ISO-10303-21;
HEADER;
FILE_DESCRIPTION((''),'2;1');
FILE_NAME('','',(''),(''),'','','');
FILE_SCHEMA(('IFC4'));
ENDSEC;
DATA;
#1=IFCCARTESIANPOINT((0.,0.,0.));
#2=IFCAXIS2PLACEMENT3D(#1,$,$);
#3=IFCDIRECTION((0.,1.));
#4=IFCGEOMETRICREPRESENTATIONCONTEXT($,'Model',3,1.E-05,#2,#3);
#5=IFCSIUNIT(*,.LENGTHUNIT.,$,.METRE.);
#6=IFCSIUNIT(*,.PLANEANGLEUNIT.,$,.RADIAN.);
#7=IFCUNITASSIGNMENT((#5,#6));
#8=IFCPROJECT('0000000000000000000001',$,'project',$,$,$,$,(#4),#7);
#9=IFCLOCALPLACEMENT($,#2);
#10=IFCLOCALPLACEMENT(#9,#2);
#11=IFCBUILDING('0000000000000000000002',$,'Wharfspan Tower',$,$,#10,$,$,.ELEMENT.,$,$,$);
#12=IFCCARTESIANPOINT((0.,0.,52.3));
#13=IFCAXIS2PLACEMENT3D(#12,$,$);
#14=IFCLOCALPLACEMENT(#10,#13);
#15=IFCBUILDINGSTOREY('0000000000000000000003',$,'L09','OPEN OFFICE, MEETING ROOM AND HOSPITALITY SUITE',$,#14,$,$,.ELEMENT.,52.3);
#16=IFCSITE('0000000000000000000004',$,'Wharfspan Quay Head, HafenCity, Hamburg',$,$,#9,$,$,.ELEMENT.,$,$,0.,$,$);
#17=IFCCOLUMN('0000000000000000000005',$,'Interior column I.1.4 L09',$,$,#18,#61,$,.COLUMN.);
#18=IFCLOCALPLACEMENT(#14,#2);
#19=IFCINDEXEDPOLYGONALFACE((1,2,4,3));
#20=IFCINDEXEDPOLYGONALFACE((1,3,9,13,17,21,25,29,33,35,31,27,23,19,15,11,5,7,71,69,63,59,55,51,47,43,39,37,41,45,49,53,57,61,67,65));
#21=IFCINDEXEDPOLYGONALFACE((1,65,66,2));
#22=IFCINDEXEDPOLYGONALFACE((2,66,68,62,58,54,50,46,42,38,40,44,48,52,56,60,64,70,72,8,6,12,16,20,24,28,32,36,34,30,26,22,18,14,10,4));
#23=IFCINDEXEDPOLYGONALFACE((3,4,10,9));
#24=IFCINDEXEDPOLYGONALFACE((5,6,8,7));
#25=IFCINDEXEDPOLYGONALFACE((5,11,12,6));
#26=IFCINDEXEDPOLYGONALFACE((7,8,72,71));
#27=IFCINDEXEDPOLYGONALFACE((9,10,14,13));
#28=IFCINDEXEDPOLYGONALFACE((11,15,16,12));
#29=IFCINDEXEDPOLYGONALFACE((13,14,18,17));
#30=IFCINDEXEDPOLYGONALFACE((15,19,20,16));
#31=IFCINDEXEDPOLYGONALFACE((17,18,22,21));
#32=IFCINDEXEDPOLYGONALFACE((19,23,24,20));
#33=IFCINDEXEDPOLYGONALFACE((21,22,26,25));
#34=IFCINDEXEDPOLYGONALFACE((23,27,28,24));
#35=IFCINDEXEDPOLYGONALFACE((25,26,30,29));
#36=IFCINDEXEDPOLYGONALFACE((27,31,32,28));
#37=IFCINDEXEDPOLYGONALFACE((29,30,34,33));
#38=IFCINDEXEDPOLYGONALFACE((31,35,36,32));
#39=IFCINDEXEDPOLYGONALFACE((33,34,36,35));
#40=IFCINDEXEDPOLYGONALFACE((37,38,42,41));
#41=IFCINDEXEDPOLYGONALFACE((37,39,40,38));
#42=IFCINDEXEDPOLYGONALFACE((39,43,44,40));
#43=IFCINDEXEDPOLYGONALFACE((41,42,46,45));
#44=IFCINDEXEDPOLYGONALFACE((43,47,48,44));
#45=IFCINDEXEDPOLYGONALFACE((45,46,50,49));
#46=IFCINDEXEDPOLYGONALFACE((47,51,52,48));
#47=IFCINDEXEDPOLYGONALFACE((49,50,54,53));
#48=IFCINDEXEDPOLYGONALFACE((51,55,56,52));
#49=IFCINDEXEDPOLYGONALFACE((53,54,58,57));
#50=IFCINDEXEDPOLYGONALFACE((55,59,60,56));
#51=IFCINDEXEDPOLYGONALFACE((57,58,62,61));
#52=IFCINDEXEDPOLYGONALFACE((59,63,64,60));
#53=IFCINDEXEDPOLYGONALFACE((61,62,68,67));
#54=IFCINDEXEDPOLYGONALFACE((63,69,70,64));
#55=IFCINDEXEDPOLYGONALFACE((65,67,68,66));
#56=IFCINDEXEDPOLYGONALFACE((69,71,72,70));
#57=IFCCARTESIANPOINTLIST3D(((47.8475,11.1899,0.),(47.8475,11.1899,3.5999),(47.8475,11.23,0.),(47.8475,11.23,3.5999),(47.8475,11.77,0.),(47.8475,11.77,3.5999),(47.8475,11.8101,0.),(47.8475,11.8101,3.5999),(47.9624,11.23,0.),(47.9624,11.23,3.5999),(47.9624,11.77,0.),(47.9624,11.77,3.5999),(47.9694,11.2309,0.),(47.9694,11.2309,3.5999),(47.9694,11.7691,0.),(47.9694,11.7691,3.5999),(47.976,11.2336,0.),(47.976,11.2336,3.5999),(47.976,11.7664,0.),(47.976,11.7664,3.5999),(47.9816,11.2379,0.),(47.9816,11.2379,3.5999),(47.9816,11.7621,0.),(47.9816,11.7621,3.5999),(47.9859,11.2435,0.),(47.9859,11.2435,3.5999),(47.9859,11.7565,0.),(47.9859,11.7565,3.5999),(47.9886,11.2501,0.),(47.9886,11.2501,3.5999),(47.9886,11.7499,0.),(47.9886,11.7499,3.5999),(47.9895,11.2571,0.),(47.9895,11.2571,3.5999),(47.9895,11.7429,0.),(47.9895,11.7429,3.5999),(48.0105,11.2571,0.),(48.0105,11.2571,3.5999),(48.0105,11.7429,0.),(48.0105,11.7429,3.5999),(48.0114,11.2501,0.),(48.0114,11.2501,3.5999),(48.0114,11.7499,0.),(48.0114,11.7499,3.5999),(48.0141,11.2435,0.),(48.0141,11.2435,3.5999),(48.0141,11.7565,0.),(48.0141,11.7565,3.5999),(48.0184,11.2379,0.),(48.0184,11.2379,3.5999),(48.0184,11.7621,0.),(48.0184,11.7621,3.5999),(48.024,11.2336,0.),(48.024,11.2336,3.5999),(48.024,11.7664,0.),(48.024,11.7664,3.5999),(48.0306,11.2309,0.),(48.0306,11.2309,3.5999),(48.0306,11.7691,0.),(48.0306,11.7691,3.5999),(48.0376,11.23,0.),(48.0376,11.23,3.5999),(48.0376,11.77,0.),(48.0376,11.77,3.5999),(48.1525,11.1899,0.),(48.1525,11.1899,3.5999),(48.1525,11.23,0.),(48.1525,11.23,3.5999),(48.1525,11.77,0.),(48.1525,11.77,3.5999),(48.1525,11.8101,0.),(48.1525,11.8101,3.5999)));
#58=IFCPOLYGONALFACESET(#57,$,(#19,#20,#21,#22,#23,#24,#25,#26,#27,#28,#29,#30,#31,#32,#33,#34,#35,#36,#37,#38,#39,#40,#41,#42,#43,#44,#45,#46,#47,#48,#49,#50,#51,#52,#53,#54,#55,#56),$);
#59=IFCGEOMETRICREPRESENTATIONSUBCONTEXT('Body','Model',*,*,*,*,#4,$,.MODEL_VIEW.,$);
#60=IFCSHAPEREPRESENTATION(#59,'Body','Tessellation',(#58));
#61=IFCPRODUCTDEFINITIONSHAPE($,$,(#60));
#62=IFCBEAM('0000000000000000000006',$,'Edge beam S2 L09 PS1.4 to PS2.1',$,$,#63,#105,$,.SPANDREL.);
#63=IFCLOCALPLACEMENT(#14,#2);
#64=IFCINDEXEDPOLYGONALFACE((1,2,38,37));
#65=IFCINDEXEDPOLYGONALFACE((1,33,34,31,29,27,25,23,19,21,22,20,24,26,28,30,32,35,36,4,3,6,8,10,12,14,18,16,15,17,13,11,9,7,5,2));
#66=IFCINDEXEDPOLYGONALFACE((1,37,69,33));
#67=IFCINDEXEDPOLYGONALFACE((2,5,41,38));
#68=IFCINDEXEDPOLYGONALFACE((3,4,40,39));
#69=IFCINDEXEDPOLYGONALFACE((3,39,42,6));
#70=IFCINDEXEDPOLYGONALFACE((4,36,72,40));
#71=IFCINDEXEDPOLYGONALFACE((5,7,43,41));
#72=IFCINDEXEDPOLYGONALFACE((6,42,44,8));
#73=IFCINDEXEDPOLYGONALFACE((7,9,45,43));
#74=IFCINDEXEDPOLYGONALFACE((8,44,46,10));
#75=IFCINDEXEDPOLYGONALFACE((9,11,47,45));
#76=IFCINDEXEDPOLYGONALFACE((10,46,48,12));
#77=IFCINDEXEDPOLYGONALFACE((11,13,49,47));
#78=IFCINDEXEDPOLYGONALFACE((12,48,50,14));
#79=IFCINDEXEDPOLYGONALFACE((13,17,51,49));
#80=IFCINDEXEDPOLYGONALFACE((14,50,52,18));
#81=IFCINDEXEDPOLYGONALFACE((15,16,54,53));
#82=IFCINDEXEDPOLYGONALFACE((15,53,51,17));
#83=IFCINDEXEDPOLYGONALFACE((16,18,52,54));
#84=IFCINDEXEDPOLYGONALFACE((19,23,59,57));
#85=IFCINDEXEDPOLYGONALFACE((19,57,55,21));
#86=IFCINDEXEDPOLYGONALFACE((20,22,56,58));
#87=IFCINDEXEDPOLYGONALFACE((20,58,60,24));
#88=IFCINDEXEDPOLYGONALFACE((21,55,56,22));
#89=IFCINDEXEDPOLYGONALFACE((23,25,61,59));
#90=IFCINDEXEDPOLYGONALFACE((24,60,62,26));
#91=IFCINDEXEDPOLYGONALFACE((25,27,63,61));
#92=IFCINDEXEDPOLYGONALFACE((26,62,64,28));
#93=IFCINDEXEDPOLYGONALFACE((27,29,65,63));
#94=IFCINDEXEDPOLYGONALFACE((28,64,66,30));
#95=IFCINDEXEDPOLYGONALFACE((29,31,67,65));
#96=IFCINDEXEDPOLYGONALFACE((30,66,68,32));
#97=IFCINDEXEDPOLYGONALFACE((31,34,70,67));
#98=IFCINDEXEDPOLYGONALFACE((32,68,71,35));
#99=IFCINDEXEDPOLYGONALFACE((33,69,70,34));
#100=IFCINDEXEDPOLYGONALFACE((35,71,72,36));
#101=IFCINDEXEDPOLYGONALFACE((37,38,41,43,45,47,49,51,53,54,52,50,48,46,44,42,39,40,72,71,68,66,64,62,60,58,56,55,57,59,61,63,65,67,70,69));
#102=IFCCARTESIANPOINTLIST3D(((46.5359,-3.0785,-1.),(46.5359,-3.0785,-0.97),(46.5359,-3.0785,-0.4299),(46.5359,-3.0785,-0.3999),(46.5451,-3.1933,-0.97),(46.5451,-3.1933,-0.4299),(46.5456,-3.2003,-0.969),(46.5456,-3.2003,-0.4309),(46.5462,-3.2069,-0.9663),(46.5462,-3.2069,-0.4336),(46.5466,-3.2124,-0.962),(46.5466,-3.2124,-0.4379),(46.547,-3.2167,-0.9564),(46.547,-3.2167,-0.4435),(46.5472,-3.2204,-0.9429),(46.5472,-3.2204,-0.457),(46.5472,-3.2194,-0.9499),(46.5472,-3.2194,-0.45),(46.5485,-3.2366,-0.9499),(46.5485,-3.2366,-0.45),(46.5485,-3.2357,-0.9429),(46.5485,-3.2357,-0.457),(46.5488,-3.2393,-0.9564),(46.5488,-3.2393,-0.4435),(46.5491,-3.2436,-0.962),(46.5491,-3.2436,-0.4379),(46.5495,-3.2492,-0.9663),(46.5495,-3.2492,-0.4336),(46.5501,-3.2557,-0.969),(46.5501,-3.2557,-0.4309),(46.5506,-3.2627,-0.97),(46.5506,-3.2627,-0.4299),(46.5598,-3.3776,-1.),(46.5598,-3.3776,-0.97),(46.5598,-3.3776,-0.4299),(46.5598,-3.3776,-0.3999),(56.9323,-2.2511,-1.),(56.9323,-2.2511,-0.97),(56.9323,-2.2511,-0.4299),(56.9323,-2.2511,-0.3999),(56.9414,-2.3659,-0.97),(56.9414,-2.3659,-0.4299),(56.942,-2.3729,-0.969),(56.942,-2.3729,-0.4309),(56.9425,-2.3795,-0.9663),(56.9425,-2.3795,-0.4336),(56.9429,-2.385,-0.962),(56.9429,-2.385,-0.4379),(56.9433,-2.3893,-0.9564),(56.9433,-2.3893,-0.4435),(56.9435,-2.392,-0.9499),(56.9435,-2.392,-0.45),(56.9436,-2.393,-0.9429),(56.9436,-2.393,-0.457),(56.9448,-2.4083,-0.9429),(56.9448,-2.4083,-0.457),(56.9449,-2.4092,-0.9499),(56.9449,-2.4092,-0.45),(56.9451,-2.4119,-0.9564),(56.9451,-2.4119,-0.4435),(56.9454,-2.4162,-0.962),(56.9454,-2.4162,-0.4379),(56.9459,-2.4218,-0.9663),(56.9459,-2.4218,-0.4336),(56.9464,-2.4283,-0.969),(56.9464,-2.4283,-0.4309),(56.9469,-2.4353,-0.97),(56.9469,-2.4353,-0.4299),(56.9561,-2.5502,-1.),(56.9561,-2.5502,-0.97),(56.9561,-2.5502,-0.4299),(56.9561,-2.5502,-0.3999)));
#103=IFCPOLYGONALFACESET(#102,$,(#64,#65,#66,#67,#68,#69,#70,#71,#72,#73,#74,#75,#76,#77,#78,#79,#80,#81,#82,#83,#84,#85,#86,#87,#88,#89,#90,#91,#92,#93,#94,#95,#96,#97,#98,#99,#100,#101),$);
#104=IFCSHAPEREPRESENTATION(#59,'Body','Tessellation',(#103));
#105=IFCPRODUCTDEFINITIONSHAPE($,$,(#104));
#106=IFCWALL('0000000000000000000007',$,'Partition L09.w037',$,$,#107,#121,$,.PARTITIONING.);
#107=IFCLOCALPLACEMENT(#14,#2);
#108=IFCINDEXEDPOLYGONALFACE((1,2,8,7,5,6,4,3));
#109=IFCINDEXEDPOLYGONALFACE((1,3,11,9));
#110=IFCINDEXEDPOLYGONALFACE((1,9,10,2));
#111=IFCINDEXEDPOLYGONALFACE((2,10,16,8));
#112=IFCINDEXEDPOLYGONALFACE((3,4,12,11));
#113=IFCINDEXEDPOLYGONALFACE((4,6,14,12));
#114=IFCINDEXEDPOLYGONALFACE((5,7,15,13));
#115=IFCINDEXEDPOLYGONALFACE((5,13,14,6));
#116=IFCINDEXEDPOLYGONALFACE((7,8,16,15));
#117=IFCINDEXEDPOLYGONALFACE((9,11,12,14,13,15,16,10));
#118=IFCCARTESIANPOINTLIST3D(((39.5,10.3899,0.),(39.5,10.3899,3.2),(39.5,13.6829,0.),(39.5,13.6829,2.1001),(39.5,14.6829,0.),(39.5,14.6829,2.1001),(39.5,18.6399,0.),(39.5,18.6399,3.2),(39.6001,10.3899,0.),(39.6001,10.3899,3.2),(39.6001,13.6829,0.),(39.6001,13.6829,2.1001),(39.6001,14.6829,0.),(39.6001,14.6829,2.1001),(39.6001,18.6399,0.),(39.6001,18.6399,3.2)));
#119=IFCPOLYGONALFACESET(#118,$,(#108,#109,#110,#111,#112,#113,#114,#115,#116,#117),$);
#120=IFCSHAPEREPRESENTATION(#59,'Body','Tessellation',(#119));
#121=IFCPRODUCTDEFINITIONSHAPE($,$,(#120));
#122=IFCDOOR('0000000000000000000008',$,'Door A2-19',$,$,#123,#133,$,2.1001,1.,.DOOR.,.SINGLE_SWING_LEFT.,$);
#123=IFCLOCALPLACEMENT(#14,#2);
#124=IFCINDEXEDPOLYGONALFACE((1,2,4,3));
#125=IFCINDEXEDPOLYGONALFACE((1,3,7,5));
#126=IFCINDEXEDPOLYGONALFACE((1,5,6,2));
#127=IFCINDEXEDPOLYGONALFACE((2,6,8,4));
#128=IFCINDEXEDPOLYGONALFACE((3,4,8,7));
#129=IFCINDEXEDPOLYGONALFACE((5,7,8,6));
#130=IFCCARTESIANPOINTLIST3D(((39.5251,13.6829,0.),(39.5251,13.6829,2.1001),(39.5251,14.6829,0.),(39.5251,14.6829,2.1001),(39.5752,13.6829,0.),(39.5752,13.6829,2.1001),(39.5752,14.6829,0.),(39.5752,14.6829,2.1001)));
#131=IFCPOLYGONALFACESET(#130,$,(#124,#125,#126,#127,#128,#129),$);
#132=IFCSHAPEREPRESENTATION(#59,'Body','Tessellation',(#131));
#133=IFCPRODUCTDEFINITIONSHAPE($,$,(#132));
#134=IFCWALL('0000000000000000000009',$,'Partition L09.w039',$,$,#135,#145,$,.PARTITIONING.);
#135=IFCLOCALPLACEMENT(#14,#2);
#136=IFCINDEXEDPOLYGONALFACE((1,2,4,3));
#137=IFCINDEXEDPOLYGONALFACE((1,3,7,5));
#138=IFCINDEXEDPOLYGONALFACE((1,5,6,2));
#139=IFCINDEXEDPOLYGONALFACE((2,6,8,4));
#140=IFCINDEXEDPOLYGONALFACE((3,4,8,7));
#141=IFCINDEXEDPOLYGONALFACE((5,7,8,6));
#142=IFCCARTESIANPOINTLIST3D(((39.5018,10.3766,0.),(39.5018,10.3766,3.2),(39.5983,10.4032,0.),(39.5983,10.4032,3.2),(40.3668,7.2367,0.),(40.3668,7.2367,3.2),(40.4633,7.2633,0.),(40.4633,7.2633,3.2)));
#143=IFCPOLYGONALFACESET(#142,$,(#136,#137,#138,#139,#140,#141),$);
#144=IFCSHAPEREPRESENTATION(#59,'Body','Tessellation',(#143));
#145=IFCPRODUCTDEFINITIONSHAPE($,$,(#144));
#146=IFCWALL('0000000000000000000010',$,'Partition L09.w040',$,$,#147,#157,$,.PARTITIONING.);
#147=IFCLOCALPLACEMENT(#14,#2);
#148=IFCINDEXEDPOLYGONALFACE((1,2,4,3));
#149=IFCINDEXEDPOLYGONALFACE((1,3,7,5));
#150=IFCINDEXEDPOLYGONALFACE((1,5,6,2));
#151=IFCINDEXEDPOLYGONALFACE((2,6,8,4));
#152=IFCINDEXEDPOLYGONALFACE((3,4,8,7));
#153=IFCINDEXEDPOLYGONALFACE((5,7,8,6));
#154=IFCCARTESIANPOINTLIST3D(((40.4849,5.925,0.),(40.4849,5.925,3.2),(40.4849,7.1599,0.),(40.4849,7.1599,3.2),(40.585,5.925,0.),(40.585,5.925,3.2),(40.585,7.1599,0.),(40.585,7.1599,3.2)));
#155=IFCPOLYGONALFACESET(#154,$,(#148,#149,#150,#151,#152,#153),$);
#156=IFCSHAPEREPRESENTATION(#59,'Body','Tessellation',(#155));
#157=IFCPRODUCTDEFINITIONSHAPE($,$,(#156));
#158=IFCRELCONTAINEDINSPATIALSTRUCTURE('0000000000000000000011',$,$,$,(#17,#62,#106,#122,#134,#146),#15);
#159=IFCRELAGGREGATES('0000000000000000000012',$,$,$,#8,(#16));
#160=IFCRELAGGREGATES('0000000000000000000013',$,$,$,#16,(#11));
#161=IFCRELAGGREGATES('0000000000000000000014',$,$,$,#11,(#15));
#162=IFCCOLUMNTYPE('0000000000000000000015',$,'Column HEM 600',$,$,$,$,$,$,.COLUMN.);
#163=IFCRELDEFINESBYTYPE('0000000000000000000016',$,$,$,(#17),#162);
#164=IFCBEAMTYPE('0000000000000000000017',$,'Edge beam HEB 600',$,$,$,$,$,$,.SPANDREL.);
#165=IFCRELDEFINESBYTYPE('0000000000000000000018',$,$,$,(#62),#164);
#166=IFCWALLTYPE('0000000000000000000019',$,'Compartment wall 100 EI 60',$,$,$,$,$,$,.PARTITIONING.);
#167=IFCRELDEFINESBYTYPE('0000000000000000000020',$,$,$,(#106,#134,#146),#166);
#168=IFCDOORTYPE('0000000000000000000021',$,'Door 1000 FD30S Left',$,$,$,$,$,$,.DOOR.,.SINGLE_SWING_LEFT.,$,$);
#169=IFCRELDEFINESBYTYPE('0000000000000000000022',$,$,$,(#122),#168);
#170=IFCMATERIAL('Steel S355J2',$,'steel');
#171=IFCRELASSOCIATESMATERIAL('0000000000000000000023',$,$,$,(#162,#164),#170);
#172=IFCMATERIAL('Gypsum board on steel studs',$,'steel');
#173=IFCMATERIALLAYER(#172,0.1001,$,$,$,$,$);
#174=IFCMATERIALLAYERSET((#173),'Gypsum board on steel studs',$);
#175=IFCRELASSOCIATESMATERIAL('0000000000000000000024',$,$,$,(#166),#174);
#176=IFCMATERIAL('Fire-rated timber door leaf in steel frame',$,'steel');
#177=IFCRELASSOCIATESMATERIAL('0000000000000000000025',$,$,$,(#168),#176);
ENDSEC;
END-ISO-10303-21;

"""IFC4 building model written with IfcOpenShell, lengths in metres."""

from ifc_helpers import new_model, si_unit, direction, frame, frame_2d, origin, origin_2d, place, context, subcontext, project, spatial, rectangle, i_section, extrude, material, layer, layer_set, material_profile, profile_set, type_object, element, fill, save


model = new_model("IFC4")

# Units and contexts
model_context = context("Model", 3, precision=1e-05, world=origin(), true_north=direction((0.0, 1.0)))
body_context = subcontext(model_context, "Body", "Model", "MODEL_VIEW")
ifc_project = project(units=[si_unit("LENGTHUNIT", "METRE"), si_unit("PLANEANGLEUNIT", "RADIAN")], contexts=[model_context])

# Site, building, storey
site_placement = place(None, origin())
site = spatial("IfcSite", under=ifc_project, at=site_placement, Name="Wharfspan Quay Head, HafenCity, Hamburg", CompositionType="ELEMENT", RefElevation=0.0)
building_placement = place(site_placement, origin())
building = spatial("IfcBuilding", under=site, at=building_placement, Name="Wharfspan Tower", CompositionType="ELEMENT")
storey_placement = place(building_placement, frame((0.0, 0.0, 52.3)))
storey = spatial("IfcBuildingStorey", under=building, at=storey_placement, Name="L09", Description="OPEN OFFICE, MEETING ROOM AND HOSPITALITY SUITE", CompositionType="ELEMENT", Elevation=52.3)

# Column
ifc_material_1 = material(Name="Steel S355J2", Category="steel")
ifc_material_profile_1 = material_profile(ifc_material_1, i_section(OverallWidth=0.3049, OverallDepth=0.6201, WebThickness=0.021, FlangeThickness=0.04, FilletRadius=0.0271, at=origin_2d()))
ifc_profile_set_1 = profile_set([ifc_material_profile_1], Name="Steel S355J2")
column_type = type_object("IfcColumnType", Name="Column HEM 600", PredefinedType="COLUMN", material=ifc_profile_set_1)
column_placement = place(storey_placement, frame((48.0, 11.5, 0.0), z_axis=(0.0, 0.0, 1.0), x_axis=(1.0, 0.0, 0.0)))
element("IfcColumn", 1, at=column_placement, inside=storey, type_object=column_type, Name="Interior column I.1.4 L09", PredefinedType="COLUMN", context=body_context, shape_type="SweptSolid", body=[
    extrude(i_section(OverallWidth=0.3049, OverallDepth=0.6201, WebThickness=0.021, FlangeThickness=0.04, FilletRadius=0.0271, at=origin_2d()), origin(), (0.0, 0.0, 1.0), 3.5999),
])

# Beam
ifc_material_profile_2 = material_profile(ifc_material_1, i_section(OverallWidth=0.3, OverallDepth=0.6001, WebThickness=0.0154, FlangeThickness=0.03, FilletRadius=0.0271, at=origin_2d()))
ifc_profile_set_2 = profile_set([ifc_material_profile_2], Name="Steel S355J2")
beam_type = type_object("IfcBeamType", Name="Edge beam HEB 600", PredefinedType="SPANDREL", material=ifc_profile_set_2)
beam_placement = place(storey_placement, frame((46.5479, -3.228, -0.7), z_axis=(0.996848, 0.079335, 0.0), x_axis=(-0.079335, 0.996848, 0.0)))
element("IfcBeam", 2, at=beam_placement, inside=storey, type_object=beam_type, Name="Edge beam S2 L09 PS1.4 to PS2.1", PredefinedType="SPANDREL", context=body_context, shape_type="SweptSolid", body=[
    extrude(i_section(OverallWidth=0.3, OverallDepth=0.6001, WebThickness=0.0154, FlangeThickness=0.03, FilletRadius=0.0271, at=origin_2d()), origin(), (0.0, 0.0, 1.0), 10.4292),
])

# Wall, opening, door
ifc_material_2 = material(Name="Gypsum board on steel studs", Category="steel")
ifc_layer_1 = layer(ifc_material_2, 0.1001)
ifc_layer_set_1 = layer_set([ifc_layer_1], Name="Gypsum board on steel studs")
wall_type_1 = type_object("IfcWallType", Name="Compartment wall 100 EI 60", PredefinedType="PARTITIONING", material=ifc_layer_set_1)
wall_1_placement = place(storey_placement, frame((39.55, 10.3899, 0.0), z_axis=(0.0, 0.0, 1.0), x_axis=(0.0, 1.0, 0.0)))
wall_1 = element("IfcWall", 3, at=wall_1_placement, inside=storey, type_object=wall_type_1, Name="Partition L09.w037", PredefinedType="PARTITIONING", context=body_context, shape_type="SweptSolid", body=[
    extrude(rectangle(XDim=8.25, YDim=0.1001, at=frame_2d((4.125, 0.0))), origin(), (0.0, 0.0, 1.0), 3.2),
])
opening_1_placement = place(wall_1_placement, frame((3.293, 0.0, 0.0)))
opening_1 = element("IfcOpeningElement", 4, at=opening_1_placement, cuts=wall_1, PredefinedType="OPENING", context=body_context, shape_type="SweptSolid", body=[
    extrude(rectangle(XDim=1.0, YDim=2.1001, at=frame_2d((0.5, 1.05))), frame((0.0, 0.0601, 0.0), z_axis=(0.0, -1.0, 0.0), x_axis=(1.0, 0.0, 0.0)), (0.0, 0.0, 1.0), 0.1201),
])
ifc_material_3 = material(Name="Fire-rated timber door leaf in steel frame", Category="steel")
door_type_1 = type_object("IfcDoorType", Name="Door 1000 FD30S Left", OperationType="SINGLE_SWING_LEFT", PredefinedType="DOOR", material=ifc_material_3)
door_1_placement = place(opening_1_placement, origin())
door_1 = element("IfcDoor", 5, at=door_1_placement, inside=storey, type_object=door_type_1, Name="Door A2-19", OperationType="SINGLE_SWING_LEFT", OverallHeight=2.1001, OverallWidth=1.0, PredefinedType="DOOR", context=body_context, shape_type="SweptSolid", body=[
    extrude(rectangle(XDim=1.0, YDim=2.1001, at=frame_2d((0.5, 1.05))), frame((0.0, 0.0249, 0.0), z_axis=(0.0, -1.0, 0.0), x_axis=(1.0, 0.0, 0.0)), (0.0, 0.0, 1.0), 0.05),
])
fill(opening_1, door_1)

# Walls
wall_2_placement = place(storey_placement, frame((40.415, 7.25, 0.0), z_axis=(0.0, 0.0, 1.0), x_axis=(-0.26559, 0.964085, 0.0)))
element("IfcWall", 6, at=wall_2_placement, inside=storey, type_object=wall_type_1, Name="Partition L09.w039", PredefinedType="PARTITIONING", context=body_context, shape_type="SweptSolid", body=[
    extrude(rectangle(XDim=3.2568, YDim=0.1001, at=frame_2d((1.6284, 0.0))), origin(), (0.0, 0.0, 1.0), 3.2),
])
wall_3_placement = place(storey_placement, frame((40.5349, 5.925, 0.0), z_axis=(0.0, 0.0, 1.0), x_axis=(0.0, 1.0, 0.0)))
element("IfcWall", 7, at=wall_3_placement, inside=storey, type_object=wall_type_1, Name="Partition L09.w040", PredefinedType="PARTITIONING", context=body_context, shape_type="SweptSolid", body=[
    extrude(rectangle(XDim=1.2349, YDim=0.1001, at=frame_2d((0.6174, 0.0))), origin(), (0.0, 0.0, 1.0), 3.2),
])

save(model, "model.ifc")
